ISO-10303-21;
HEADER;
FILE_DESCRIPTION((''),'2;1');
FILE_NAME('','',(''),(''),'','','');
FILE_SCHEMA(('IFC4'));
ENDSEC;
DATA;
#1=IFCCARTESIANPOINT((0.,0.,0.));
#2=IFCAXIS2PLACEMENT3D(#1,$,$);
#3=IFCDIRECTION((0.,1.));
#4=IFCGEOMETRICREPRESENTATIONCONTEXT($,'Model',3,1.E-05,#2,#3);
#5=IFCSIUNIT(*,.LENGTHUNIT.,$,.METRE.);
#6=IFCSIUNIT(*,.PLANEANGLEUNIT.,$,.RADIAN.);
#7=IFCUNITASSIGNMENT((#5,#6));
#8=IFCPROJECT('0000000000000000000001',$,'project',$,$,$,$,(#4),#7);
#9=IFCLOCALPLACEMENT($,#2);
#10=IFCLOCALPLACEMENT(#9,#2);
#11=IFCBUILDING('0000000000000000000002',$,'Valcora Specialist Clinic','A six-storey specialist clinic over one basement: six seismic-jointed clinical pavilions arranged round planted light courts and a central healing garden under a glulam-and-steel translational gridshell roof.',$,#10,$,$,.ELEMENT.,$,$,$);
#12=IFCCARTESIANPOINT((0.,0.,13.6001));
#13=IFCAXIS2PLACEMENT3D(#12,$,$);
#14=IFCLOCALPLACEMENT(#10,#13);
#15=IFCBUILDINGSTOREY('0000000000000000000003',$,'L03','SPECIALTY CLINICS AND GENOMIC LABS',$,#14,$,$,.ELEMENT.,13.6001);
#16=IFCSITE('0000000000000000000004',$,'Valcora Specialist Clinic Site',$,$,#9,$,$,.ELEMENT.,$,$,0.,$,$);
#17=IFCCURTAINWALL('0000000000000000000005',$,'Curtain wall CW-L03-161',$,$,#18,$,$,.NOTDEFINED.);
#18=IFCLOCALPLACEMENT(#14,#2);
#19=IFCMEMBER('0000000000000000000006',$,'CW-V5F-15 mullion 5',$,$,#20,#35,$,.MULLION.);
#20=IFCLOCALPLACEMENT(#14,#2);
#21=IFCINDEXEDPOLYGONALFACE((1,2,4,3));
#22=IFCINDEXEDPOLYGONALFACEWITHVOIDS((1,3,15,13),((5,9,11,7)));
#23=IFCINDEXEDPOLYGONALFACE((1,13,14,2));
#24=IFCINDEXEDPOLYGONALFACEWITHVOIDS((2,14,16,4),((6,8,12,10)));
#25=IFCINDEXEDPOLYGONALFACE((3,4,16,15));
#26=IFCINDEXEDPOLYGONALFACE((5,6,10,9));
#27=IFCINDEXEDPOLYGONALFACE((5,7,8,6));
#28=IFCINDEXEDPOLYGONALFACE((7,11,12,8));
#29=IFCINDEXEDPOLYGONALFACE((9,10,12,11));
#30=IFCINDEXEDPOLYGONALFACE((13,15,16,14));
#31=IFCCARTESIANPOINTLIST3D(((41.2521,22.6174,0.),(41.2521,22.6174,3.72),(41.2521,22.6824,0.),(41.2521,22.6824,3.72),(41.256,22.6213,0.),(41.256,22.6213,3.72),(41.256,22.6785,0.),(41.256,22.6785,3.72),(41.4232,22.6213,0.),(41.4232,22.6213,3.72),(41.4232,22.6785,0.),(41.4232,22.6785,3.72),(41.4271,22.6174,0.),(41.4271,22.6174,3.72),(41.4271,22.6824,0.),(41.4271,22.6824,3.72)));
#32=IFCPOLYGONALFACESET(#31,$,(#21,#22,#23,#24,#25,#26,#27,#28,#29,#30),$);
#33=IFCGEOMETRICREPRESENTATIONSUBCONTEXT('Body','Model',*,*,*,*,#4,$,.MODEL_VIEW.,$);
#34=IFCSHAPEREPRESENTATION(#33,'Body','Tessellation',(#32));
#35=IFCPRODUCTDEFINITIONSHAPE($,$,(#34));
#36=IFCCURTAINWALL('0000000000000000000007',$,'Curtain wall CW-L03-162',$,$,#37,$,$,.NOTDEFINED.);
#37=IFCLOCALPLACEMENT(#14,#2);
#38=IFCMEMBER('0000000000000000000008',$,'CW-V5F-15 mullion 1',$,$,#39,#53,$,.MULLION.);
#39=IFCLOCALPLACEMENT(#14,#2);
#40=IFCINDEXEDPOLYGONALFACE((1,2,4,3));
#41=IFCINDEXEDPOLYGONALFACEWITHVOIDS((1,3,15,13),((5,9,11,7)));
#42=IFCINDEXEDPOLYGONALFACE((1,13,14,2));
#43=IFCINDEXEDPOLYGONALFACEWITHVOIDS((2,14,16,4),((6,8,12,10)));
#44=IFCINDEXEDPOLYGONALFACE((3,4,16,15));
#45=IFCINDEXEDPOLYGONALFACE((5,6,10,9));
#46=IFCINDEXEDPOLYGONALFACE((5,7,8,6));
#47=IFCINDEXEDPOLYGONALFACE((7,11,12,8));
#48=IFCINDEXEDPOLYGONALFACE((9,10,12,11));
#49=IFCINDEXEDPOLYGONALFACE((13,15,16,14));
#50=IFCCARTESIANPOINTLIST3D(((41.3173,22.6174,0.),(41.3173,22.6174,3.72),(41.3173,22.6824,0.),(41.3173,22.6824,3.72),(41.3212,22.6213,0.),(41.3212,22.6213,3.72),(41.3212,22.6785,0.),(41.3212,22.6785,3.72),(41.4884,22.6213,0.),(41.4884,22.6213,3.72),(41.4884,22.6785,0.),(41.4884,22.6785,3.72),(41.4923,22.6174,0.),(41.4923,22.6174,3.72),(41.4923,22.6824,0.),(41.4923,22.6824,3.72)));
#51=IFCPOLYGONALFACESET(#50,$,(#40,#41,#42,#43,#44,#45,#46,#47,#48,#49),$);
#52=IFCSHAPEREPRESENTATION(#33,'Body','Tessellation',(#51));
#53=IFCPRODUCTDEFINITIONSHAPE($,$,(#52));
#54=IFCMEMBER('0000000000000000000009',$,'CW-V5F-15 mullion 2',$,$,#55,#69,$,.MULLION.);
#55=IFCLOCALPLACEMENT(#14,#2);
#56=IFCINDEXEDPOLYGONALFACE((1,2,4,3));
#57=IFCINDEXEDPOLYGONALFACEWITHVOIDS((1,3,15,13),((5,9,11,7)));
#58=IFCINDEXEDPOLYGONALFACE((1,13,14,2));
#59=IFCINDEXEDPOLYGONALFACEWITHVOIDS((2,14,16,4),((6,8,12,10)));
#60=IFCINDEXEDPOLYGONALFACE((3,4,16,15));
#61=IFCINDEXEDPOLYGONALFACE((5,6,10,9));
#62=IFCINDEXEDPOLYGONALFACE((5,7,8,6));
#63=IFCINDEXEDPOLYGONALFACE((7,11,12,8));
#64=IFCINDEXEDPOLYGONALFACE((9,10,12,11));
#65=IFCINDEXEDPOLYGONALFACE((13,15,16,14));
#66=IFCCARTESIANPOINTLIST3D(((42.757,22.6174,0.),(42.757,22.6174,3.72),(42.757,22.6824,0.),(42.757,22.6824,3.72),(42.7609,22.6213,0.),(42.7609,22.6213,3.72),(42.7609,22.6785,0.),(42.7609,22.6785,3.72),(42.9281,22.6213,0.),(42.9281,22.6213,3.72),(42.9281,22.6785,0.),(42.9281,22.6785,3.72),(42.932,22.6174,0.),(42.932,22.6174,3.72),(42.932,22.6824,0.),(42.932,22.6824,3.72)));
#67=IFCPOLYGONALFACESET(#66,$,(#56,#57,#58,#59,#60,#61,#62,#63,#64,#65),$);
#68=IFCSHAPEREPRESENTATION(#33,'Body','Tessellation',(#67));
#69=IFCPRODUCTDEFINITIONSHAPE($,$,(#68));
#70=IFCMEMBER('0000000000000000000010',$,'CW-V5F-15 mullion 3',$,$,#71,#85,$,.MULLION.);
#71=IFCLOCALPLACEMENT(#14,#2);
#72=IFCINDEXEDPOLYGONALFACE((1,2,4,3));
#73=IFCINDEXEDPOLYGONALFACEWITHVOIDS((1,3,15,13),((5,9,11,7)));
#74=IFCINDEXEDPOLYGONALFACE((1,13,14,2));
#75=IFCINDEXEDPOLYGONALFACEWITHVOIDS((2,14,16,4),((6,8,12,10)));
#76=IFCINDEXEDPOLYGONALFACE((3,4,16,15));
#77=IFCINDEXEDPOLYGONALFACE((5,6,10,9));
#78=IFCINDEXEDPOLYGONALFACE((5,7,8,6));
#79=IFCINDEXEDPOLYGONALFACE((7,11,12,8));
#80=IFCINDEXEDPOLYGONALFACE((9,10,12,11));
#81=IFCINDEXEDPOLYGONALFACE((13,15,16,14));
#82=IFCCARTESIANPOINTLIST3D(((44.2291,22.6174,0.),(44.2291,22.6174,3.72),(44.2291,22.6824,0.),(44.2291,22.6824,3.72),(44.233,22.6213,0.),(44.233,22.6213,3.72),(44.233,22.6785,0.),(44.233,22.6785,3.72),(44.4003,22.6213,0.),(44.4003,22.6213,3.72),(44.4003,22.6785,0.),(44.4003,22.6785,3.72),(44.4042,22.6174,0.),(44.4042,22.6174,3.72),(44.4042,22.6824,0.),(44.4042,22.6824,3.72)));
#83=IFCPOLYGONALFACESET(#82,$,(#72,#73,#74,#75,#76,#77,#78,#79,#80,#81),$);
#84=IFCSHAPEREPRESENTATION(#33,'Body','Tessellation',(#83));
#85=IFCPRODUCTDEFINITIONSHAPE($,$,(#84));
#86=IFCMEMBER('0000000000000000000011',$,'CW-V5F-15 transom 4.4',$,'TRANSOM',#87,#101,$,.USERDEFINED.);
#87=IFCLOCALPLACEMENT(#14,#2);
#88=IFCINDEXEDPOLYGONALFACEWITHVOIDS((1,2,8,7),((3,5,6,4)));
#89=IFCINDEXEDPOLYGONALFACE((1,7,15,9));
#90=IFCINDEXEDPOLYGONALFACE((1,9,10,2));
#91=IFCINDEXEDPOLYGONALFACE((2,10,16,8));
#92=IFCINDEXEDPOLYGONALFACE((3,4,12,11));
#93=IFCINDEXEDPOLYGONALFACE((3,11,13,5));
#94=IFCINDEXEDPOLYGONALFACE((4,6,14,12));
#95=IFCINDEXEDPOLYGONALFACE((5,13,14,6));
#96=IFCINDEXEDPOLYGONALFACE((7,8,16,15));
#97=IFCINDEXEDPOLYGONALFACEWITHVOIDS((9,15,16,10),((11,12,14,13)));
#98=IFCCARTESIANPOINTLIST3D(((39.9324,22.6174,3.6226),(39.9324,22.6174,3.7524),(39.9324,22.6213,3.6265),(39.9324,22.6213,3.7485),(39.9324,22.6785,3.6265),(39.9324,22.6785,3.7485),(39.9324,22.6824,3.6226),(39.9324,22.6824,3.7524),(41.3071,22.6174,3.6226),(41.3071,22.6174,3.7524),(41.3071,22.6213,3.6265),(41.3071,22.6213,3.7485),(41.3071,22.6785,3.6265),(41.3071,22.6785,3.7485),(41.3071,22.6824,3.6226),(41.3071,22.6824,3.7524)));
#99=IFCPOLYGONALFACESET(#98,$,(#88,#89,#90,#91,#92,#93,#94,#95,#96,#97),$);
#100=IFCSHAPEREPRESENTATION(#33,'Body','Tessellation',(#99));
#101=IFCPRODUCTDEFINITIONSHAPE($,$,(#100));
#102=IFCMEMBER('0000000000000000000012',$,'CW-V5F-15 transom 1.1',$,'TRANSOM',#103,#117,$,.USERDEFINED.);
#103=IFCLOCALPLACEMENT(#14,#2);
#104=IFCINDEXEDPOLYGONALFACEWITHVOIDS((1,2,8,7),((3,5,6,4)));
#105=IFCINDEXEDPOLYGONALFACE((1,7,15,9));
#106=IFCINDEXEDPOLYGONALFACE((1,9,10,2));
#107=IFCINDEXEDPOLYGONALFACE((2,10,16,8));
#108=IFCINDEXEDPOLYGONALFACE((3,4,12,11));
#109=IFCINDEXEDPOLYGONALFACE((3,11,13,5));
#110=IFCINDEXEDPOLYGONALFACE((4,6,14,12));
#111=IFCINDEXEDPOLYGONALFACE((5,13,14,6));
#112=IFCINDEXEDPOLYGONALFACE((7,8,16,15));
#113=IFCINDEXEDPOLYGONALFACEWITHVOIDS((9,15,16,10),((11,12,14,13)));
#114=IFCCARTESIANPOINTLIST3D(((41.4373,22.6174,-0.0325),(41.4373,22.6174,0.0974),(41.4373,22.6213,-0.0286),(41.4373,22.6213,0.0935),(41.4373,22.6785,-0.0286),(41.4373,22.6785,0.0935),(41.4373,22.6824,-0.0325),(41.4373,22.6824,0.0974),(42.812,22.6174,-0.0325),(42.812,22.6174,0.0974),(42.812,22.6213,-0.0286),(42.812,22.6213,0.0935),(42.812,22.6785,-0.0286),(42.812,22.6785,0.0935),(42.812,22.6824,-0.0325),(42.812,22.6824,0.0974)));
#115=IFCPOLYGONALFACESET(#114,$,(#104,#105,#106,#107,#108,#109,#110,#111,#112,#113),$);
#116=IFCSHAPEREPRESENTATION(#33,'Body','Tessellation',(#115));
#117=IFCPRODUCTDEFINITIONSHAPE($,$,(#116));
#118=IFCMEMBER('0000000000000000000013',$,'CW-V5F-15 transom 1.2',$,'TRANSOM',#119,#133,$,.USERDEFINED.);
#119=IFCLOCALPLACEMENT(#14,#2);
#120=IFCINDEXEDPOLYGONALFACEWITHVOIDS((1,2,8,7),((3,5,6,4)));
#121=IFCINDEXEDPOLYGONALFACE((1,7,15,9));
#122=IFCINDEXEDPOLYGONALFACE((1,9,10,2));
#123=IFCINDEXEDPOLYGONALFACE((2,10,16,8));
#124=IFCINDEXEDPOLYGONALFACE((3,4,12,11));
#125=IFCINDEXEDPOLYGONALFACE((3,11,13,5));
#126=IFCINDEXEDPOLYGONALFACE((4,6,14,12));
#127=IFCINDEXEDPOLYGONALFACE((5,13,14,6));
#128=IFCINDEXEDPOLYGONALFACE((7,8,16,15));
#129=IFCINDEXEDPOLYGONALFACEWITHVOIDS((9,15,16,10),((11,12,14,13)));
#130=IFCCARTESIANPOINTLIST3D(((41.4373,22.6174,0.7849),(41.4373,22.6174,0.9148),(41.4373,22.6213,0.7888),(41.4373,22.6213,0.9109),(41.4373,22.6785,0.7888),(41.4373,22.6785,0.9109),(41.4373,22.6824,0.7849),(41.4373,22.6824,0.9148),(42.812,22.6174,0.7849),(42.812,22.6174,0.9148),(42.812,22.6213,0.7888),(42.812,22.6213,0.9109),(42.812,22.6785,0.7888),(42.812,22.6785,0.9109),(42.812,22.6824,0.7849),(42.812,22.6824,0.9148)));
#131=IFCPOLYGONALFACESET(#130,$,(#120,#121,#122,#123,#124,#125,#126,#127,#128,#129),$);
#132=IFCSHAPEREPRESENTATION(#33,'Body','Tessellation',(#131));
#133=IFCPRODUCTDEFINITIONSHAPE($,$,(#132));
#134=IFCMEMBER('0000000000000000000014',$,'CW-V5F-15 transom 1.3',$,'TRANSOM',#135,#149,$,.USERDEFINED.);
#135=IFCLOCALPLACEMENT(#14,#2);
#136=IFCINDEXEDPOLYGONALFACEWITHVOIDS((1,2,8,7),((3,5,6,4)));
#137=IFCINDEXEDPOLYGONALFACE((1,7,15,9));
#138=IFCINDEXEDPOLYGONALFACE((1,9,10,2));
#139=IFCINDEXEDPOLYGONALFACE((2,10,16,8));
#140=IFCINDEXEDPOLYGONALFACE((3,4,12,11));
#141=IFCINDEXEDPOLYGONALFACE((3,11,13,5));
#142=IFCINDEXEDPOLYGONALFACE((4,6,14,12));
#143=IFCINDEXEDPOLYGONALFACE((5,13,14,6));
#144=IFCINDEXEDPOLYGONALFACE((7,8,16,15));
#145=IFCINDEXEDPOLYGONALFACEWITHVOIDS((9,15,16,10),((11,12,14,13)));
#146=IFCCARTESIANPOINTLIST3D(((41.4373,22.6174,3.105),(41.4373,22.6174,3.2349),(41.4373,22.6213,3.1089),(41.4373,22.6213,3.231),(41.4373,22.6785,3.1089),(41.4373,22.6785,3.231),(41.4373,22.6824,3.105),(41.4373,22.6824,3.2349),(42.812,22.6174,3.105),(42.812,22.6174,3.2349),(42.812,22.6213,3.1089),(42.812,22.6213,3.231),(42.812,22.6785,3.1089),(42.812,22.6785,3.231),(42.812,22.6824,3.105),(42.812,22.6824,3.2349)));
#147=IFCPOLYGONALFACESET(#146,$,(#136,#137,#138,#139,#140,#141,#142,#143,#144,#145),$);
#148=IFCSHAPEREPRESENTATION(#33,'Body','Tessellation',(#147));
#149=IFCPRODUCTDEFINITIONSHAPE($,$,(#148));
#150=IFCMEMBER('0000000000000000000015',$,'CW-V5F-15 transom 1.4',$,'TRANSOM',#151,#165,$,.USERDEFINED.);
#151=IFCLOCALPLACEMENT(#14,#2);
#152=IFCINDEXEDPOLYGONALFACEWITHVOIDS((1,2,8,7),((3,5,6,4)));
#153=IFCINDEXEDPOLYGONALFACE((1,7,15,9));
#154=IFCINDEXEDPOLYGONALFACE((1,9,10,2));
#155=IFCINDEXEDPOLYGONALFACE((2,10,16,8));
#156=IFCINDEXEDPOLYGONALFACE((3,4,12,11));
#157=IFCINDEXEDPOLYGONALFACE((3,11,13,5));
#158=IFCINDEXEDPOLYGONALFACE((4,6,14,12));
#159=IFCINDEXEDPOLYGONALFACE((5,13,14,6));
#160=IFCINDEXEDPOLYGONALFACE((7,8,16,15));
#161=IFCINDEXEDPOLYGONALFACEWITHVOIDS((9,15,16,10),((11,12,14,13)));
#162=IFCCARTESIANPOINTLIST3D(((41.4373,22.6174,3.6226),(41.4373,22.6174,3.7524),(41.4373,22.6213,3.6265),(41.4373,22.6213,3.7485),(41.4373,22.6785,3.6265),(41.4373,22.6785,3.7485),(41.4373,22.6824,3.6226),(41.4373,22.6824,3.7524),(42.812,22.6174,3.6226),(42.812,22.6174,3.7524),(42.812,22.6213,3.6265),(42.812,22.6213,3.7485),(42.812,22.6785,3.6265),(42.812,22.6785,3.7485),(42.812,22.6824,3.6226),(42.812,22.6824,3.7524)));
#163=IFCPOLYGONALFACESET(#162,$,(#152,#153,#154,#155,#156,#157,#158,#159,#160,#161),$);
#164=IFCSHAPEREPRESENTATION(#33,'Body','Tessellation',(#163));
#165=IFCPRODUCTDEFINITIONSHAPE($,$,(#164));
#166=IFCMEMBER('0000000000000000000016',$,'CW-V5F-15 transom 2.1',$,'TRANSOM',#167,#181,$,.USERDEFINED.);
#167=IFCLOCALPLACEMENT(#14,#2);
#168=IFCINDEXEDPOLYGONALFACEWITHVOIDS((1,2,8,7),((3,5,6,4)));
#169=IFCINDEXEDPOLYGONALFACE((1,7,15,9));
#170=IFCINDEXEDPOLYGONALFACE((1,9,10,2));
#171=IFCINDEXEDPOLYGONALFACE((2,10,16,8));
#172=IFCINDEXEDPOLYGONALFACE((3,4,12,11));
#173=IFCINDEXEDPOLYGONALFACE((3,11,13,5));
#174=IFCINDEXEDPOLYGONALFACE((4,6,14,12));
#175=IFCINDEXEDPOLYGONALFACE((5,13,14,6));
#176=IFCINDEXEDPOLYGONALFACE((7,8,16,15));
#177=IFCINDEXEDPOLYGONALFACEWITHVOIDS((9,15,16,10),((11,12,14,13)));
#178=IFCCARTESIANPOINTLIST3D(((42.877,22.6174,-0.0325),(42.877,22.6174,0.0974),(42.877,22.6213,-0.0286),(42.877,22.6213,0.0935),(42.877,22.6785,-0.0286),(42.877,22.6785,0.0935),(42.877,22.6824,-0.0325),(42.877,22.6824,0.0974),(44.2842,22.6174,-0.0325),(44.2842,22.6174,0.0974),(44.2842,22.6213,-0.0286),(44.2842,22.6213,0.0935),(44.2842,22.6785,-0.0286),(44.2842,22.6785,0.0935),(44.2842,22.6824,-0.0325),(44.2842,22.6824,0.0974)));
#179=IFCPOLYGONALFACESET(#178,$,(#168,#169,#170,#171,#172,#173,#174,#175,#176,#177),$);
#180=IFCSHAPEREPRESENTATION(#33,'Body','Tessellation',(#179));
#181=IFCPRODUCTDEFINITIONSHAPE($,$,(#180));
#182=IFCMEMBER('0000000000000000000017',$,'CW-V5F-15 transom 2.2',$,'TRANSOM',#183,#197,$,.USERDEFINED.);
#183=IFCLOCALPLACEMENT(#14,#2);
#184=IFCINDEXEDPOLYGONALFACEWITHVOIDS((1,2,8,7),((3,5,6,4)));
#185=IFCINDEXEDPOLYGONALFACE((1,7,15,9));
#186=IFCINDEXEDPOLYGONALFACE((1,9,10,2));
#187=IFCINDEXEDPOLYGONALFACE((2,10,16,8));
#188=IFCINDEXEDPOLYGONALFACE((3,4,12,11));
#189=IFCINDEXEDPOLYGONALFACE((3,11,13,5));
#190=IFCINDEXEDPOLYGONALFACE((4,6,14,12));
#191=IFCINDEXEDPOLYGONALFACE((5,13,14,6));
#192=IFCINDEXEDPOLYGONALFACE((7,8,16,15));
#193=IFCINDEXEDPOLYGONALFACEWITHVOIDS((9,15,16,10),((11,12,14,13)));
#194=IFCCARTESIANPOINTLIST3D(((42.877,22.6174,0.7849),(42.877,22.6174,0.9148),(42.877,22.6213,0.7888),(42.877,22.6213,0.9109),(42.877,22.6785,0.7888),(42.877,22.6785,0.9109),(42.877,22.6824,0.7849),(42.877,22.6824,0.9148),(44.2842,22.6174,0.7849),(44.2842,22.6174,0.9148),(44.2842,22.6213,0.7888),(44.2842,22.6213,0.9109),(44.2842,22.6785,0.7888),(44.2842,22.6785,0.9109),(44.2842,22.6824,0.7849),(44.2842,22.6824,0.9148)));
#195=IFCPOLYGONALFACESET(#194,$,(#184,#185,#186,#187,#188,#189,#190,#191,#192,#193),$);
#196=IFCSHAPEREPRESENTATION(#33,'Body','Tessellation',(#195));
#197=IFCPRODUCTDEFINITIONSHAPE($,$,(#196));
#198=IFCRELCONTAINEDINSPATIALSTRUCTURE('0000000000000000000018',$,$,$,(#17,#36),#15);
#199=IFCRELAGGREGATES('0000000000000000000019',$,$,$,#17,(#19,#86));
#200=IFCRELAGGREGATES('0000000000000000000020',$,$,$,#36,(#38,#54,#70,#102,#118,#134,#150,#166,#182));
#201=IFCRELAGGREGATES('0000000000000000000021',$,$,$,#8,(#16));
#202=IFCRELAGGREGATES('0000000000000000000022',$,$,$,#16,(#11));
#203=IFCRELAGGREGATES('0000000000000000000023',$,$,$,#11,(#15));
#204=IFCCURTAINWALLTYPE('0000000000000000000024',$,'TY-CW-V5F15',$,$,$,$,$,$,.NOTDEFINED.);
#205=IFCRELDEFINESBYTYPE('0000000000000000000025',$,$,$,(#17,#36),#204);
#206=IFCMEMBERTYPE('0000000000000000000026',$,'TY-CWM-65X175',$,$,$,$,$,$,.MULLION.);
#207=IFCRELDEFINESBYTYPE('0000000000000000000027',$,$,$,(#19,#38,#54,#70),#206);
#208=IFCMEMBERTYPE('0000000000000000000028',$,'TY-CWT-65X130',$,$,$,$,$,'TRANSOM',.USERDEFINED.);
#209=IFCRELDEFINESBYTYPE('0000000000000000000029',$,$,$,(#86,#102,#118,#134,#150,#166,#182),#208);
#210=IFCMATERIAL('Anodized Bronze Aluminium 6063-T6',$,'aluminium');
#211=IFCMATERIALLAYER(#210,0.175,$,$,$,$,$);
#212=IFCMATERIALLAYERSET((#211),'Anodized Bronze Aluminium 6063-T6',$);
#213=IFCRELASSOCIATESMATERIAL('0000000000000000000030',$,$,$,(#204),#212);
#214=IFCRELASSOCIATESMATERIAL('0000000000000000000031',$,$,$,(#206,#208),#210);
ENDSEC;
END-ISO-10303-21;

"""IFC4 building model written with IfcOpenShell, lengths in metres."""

from ifc_helpers import new_model, si_unit, direction, frame, origin, origin_2d, place, context, subcontext, project, spatial, hollow_rectangle, extrude, material, layer, layer_set, material_profile, profile_set, type_object, element, aggregate, save


model = new_model("IFC4")

# Units and contexts
model_context = context("Model", 3, precision=1e-05, world=origin(), true_north=direction((0.0, 1.0)))
body_context = subcontext(model_context, "Body", "Model", "MODEL_VIEW")
ifc_project = project(units=[si_unit("LENGTHUNIT", "METRE"), si_unit("PLANEANGLEUNIT", "RADIAN")], contexts=[model_context])

# Site, building, storey
site_placement = place(None, origin())
site = spatial("IfcSite", under=ifc_project, at=site_placement, Name="Valcora Specialist Clinic Site", CompositionType="ELEMENT", RefElevation=0.0)
building_placement = place(site_placement, origin())
building = spatial("IfcBuilding", under=site, at=building_placement, Name="Valcora Specialist Clinic", Description="A six-storey specialist clinic over one basement: six seismic-jointed clinical pavilions arranged round planted light courts and a central healing garden under a glulam-and-steel translational gridshell roof.", CompositionType="ELEMENT")
storey_placement = place(building_placement, frame((0.0, 0.0, 13.6001)))
storey = spatial("IfcBuildingStorey", under=building, at=storey_placement, Name="L03", Description="SPECIALTY CLINICS AND GENOMIC LABS", CompositionType="ELEMENT", Elevation=13.6001)

# Curtain wall, member
ifc_material_1 = material(Name="Anodized Bronze Aluminium 6063-T6", Category="aluminium")
ifc_layer_1 = layer(ifc_material_1, 0.175)
ifc_layer_set_1 = layer_set([ifc_layer_1], Name="Anodized Bronze Aluminium 6063-T6")
curtain_wall_type = type_object("IfcCurtainWallType", Name="TY-CW-V5F15", PredefinedType="NOTDEFINED", material=ifc_layer_set_1)
curtain_wall_1_placement = place(storey_placement, origin())
curtain_wall_1 = element("IfcCurtainWall", 1, at=curtain_wall_1_placement, inside=storey, type_object=curtain_wall_type, Name="Curtain wall CW-L03-161", PredefinedType="NOTDEFINED")
ifc_material_profile_1 = material_profile(ifc_material_1, hollow_rectangle(XDim=0.0649, YDim=0.175, WallThickness=0.0039, at=origin_2d()), Name="AL-MUL-65X175")
ifc_profile_set_1 = profile_set([ifc_material_profile_1], Name="Anodized Bronze Aluminium 6063-T6")
member_type_1 = type_object("IfcMemberType", Name="TY-CWM-65X175", PredefinedType="MULLION", material=ifc_profile_set_1)
member_1_placement = place(storey_placement, frame((41.3396, 22.6499, 0.0), z_axis=(0.0, 0.0, 1.0), x_axis=(0.0, 1.0, 0.0)))
member_1 = element("IfcMember", 2, at=member_1_placement, type_object=member_type_1, Name="CW-V5F-15 mullion 5", PredefinedType="MULLION", context=body_context, shape_type="SweptSolid", body=[
    extrude(hollow_rectangle(XDim=0.0649, YDim=0.175, WallThickness=0.0039, at=origin_2d()), origin(), (0.0, 0.0, 1.0), 3.72),
])

# Curtain wall, members
curtain_wall_2_placement = place(storey_placement, origin())
curtain_wall_2 = element("IfcCurtainWall", 3, at=curtain_wall_2_placement, inside=storey, type_object=curtain_wall_type, Name="Curtain wall CW-L03-162", PredefinedType="NOTDEFINED")
member_2_placement = place(storey_placement, frame((41.4048, 22.6499, 0.0), z_axis=(0.0, 0.0, 1.0), x_axis=(0.0, 1.0, 0.0)))
member_2 = element("IfcMember", 4, at=member_2_placement, type_object=member_type_1, Name="CW-V5F-15 mullion 1", PredefinedType="MULLION", context=body_context, shape_type="SweptSolid", body=[
    extrude(hollow_rectangle(XDim=0.0649, YDim=0.175, WallThickness=0.0039, at=origin_2d()), origin(), (0.0, 0.0, 1.0), 3.72),
])
member_3_placement = place(storey_placement, frame((42.8445, 22.6499, 0.0), z_axis=(0.0, 0.0, 1.0), x_axis=(0.0, 1.0, 0.0)))
member_3 = element("IfcMember", 5, at=member_3_placement, type_object=member_type_1, Name="CW-V5F-15 mullion 2", PredefinedType="MULLION", context=body_context, shape_type="SweptSolid", body=[
    extrude(hollow_rectangle(XDim=0.0649, YDim=0.175, WallThickness=0.0039, at=origin_2d()), origin(), (0.0, 0.0, 1.0), 3.72),
])
member_4_placement = place(storey_placement, frame((44.3167, 22.6499, 0.0), z_axis=(0.0, 0.0, 1.0), x_axis=(0.0, 1.0, 0.0)))
member_4 = element("IfcMember", 6, at=member_4_placement, type_object=member_type_1, Name="CW-V5F-15 mullion 3", PredefinedType="MULLION", context=body_context, shape_type="SweptSolid", body=[
    extrude(hollow_rectangle(XDim=0.0649, YDim=0.175, WallThickness=0.0039, at=origin_2d()), origin(), (0.0, 0.0, 1.0), 3.72),
])

# Members
ifc_material_profile_2 = material_profile(ifc_material_1, hollow_rectangle(XDim=0.0649, YDim=0.1299, WallThickness=0.0039, at=origin_2d()), Name="AL-TRN-65X130")
ifc_profile_set_2 = profile_set([ifc_material_profile_2], Name="Anodized Bronze Aluminium 6063-T6")
member_type_2 = type_object("IfcMemberType", Name="TY-CWT-65X130", ElementType="TRANSOM", PredefinedType="USERDEFINED", material=ifc_profile_set_2)
member_5_placement = place(storey_placement, frame((39.9324, 22.6499, 3.6875), z_axis=(1.0, 0.0, 0.0), x_axis=(0.0, 1.0, 0.0)))
member_5 = element("IfcMember", 7, at=member_5_placement, type_object=member_type_2, Name="CW-V5F-15 transom 4.4", ObjectType="TRANSOM", PredefinedType="USERDEFINED", context=body_context, shape_type="SweptSolid", body=[
    extrude(hollow_rectangle(XDim=0.0649, YDim=0.1299, WallThickness=0.0039, at=origin_2d()), origin(), (0.0, 0.0, 1.0), 1.3748),
])
member_6_placement = place(storey_placement, frame((41.4373, 22.6499, 0.0325), z_axis=(1.0, 0.0, 0.0), x_axis=(0.0, 1.0, 0.0)))
member_6 = element("IfcMember", 8, at=member_6_placement, type_object=member_type_2, Name="CW-V5F-15 transom 1.1", ObjectType="TRANSOM", PredefinedType="USERDEFINED", context=body_context, shape_type="SweptSolid", body=[
    extrude(hollow_rectangle(XDim=0.0649, YDim=0.1299, WallThickness=0.0039, at=origin_2d()), origin(), (0.0, 0.0, 1.0), 1.3748),
])
member_7_placement = place(storey_placement, frame((41.4373, 22.6499, 0.8499), z_axis=(1.0, 0.0, 0.0), x_axis=(0.0, 1.0, 0.0)))
member_7 = element("IfcMember", 9, at=member_7_placement, type_object=member_type_2, Name="CW-V5F-15 transom 1.2", ObjectType="TRANSOM", PredefinedType="USERDEFINED", context=body_context, shape_type="SweptSolid", body=[
    extrude(hollow_rectangle(XDim=0.0649, YDim=0.1299, WallThickness=0.0039, at=origin_2d()), origin(), (0.0, 0.0, 1.0), 1.3748),
])
member_8_placement = place(storey_placement, frame((41.4373, 22.6499, 3.1699), z_axis=(1.0, 0.0, 0.0), x_axis=(0.0, 1.0, 0.0)))
member_8 = element("IfcMember", 10, at=member_8_placement, type_object=member_type_2, Name="CW-V5F-15 transom 1.3", ObjectType="TRANSOM", PredefinedType="USERDEFINED", context=body_context, shape_type="SweptSolid", body=[
    extrude(hollow_rectangle(XDim=0.0649, YDim=0.1299, WallThickness=0.0039, at=origin_2d()), origin(), (0.0, 0.0, 1.0), 1.3748),
])
member_9_placement = place(storey_placement, frame((41.4373, 22.6499, 3.6875), z_axis=(1.0, 0.0, 0.0), x_axis=(0.0, 1.0, 0.0)))
member_9 = element("IfcMember", 11, at=member_9_placement, type_object=member_type_2, Name="CW-V5F-15 transom 1.4", ObjectType="TRANSOM", PredefinedType="USERDEFINED", context=body_context, shape_type="SweptSolid", body=[
    extrude(hollow_rectangle(XDim=0.0649, YDim=0.1299, WallThickness=0.0039, at=origin_2d()), origin(), (0.0, 0.0, 1.0), 1.3748),
])
member_10_placement = place(storey_placement, frame((42.877, 22.6499, 0.0325), z_axis=(1.0, 0.0, 0.0), x_axis=(0.0, 1.0, 0.0)))
member_10 = element("IfcMember", 12, at=member_10_placement, type_object=member_type_2, Name="CW-V5F-15 transom 2.1", ObjectType="TRANSOM", PredefinedType="USERDEFINED", context=body_context, shape_type="SweptSolid", body=[
    extrude(hollow_rectangle(XDim=0.0649, YDim=0.1299, WallThickness=0.0039, at=origin_2d()), origin(), (0.0, 0.0, 1.0), 1.4072),
])
member_11_placement = place(storey_placement, frame((42.877, 22.6499, 0.8499), z_axis=(1.0, 0.0, 0.0), x_axis=(0.0, 1.0, 0.0)))
member_11 = element("IfcMember", 13, at=member_11_placement, type_object=member_type_2, Name="CW-V5F-15 transom 2.2", ObjectType="TRANSOM", PredefinedType="USERDEFINED", context=body_context, shape_type="SweptSolid", body=[
    extrude(hollow_rectangle(XDim=0.0649, YDim=0.1299, WallThickness=0.0039, at=origin_2d()), origin(), (0.0, 0.0, 1.0), 1.4072),
])

aggregate(curtain_wall_1, [member_1, member_5])
aggregate(curtain_wall_2, [member_2, member_3, member_4, member_6, member_7, member_8, member_9, member_10, member_11])

save(model, "model.ifc")
